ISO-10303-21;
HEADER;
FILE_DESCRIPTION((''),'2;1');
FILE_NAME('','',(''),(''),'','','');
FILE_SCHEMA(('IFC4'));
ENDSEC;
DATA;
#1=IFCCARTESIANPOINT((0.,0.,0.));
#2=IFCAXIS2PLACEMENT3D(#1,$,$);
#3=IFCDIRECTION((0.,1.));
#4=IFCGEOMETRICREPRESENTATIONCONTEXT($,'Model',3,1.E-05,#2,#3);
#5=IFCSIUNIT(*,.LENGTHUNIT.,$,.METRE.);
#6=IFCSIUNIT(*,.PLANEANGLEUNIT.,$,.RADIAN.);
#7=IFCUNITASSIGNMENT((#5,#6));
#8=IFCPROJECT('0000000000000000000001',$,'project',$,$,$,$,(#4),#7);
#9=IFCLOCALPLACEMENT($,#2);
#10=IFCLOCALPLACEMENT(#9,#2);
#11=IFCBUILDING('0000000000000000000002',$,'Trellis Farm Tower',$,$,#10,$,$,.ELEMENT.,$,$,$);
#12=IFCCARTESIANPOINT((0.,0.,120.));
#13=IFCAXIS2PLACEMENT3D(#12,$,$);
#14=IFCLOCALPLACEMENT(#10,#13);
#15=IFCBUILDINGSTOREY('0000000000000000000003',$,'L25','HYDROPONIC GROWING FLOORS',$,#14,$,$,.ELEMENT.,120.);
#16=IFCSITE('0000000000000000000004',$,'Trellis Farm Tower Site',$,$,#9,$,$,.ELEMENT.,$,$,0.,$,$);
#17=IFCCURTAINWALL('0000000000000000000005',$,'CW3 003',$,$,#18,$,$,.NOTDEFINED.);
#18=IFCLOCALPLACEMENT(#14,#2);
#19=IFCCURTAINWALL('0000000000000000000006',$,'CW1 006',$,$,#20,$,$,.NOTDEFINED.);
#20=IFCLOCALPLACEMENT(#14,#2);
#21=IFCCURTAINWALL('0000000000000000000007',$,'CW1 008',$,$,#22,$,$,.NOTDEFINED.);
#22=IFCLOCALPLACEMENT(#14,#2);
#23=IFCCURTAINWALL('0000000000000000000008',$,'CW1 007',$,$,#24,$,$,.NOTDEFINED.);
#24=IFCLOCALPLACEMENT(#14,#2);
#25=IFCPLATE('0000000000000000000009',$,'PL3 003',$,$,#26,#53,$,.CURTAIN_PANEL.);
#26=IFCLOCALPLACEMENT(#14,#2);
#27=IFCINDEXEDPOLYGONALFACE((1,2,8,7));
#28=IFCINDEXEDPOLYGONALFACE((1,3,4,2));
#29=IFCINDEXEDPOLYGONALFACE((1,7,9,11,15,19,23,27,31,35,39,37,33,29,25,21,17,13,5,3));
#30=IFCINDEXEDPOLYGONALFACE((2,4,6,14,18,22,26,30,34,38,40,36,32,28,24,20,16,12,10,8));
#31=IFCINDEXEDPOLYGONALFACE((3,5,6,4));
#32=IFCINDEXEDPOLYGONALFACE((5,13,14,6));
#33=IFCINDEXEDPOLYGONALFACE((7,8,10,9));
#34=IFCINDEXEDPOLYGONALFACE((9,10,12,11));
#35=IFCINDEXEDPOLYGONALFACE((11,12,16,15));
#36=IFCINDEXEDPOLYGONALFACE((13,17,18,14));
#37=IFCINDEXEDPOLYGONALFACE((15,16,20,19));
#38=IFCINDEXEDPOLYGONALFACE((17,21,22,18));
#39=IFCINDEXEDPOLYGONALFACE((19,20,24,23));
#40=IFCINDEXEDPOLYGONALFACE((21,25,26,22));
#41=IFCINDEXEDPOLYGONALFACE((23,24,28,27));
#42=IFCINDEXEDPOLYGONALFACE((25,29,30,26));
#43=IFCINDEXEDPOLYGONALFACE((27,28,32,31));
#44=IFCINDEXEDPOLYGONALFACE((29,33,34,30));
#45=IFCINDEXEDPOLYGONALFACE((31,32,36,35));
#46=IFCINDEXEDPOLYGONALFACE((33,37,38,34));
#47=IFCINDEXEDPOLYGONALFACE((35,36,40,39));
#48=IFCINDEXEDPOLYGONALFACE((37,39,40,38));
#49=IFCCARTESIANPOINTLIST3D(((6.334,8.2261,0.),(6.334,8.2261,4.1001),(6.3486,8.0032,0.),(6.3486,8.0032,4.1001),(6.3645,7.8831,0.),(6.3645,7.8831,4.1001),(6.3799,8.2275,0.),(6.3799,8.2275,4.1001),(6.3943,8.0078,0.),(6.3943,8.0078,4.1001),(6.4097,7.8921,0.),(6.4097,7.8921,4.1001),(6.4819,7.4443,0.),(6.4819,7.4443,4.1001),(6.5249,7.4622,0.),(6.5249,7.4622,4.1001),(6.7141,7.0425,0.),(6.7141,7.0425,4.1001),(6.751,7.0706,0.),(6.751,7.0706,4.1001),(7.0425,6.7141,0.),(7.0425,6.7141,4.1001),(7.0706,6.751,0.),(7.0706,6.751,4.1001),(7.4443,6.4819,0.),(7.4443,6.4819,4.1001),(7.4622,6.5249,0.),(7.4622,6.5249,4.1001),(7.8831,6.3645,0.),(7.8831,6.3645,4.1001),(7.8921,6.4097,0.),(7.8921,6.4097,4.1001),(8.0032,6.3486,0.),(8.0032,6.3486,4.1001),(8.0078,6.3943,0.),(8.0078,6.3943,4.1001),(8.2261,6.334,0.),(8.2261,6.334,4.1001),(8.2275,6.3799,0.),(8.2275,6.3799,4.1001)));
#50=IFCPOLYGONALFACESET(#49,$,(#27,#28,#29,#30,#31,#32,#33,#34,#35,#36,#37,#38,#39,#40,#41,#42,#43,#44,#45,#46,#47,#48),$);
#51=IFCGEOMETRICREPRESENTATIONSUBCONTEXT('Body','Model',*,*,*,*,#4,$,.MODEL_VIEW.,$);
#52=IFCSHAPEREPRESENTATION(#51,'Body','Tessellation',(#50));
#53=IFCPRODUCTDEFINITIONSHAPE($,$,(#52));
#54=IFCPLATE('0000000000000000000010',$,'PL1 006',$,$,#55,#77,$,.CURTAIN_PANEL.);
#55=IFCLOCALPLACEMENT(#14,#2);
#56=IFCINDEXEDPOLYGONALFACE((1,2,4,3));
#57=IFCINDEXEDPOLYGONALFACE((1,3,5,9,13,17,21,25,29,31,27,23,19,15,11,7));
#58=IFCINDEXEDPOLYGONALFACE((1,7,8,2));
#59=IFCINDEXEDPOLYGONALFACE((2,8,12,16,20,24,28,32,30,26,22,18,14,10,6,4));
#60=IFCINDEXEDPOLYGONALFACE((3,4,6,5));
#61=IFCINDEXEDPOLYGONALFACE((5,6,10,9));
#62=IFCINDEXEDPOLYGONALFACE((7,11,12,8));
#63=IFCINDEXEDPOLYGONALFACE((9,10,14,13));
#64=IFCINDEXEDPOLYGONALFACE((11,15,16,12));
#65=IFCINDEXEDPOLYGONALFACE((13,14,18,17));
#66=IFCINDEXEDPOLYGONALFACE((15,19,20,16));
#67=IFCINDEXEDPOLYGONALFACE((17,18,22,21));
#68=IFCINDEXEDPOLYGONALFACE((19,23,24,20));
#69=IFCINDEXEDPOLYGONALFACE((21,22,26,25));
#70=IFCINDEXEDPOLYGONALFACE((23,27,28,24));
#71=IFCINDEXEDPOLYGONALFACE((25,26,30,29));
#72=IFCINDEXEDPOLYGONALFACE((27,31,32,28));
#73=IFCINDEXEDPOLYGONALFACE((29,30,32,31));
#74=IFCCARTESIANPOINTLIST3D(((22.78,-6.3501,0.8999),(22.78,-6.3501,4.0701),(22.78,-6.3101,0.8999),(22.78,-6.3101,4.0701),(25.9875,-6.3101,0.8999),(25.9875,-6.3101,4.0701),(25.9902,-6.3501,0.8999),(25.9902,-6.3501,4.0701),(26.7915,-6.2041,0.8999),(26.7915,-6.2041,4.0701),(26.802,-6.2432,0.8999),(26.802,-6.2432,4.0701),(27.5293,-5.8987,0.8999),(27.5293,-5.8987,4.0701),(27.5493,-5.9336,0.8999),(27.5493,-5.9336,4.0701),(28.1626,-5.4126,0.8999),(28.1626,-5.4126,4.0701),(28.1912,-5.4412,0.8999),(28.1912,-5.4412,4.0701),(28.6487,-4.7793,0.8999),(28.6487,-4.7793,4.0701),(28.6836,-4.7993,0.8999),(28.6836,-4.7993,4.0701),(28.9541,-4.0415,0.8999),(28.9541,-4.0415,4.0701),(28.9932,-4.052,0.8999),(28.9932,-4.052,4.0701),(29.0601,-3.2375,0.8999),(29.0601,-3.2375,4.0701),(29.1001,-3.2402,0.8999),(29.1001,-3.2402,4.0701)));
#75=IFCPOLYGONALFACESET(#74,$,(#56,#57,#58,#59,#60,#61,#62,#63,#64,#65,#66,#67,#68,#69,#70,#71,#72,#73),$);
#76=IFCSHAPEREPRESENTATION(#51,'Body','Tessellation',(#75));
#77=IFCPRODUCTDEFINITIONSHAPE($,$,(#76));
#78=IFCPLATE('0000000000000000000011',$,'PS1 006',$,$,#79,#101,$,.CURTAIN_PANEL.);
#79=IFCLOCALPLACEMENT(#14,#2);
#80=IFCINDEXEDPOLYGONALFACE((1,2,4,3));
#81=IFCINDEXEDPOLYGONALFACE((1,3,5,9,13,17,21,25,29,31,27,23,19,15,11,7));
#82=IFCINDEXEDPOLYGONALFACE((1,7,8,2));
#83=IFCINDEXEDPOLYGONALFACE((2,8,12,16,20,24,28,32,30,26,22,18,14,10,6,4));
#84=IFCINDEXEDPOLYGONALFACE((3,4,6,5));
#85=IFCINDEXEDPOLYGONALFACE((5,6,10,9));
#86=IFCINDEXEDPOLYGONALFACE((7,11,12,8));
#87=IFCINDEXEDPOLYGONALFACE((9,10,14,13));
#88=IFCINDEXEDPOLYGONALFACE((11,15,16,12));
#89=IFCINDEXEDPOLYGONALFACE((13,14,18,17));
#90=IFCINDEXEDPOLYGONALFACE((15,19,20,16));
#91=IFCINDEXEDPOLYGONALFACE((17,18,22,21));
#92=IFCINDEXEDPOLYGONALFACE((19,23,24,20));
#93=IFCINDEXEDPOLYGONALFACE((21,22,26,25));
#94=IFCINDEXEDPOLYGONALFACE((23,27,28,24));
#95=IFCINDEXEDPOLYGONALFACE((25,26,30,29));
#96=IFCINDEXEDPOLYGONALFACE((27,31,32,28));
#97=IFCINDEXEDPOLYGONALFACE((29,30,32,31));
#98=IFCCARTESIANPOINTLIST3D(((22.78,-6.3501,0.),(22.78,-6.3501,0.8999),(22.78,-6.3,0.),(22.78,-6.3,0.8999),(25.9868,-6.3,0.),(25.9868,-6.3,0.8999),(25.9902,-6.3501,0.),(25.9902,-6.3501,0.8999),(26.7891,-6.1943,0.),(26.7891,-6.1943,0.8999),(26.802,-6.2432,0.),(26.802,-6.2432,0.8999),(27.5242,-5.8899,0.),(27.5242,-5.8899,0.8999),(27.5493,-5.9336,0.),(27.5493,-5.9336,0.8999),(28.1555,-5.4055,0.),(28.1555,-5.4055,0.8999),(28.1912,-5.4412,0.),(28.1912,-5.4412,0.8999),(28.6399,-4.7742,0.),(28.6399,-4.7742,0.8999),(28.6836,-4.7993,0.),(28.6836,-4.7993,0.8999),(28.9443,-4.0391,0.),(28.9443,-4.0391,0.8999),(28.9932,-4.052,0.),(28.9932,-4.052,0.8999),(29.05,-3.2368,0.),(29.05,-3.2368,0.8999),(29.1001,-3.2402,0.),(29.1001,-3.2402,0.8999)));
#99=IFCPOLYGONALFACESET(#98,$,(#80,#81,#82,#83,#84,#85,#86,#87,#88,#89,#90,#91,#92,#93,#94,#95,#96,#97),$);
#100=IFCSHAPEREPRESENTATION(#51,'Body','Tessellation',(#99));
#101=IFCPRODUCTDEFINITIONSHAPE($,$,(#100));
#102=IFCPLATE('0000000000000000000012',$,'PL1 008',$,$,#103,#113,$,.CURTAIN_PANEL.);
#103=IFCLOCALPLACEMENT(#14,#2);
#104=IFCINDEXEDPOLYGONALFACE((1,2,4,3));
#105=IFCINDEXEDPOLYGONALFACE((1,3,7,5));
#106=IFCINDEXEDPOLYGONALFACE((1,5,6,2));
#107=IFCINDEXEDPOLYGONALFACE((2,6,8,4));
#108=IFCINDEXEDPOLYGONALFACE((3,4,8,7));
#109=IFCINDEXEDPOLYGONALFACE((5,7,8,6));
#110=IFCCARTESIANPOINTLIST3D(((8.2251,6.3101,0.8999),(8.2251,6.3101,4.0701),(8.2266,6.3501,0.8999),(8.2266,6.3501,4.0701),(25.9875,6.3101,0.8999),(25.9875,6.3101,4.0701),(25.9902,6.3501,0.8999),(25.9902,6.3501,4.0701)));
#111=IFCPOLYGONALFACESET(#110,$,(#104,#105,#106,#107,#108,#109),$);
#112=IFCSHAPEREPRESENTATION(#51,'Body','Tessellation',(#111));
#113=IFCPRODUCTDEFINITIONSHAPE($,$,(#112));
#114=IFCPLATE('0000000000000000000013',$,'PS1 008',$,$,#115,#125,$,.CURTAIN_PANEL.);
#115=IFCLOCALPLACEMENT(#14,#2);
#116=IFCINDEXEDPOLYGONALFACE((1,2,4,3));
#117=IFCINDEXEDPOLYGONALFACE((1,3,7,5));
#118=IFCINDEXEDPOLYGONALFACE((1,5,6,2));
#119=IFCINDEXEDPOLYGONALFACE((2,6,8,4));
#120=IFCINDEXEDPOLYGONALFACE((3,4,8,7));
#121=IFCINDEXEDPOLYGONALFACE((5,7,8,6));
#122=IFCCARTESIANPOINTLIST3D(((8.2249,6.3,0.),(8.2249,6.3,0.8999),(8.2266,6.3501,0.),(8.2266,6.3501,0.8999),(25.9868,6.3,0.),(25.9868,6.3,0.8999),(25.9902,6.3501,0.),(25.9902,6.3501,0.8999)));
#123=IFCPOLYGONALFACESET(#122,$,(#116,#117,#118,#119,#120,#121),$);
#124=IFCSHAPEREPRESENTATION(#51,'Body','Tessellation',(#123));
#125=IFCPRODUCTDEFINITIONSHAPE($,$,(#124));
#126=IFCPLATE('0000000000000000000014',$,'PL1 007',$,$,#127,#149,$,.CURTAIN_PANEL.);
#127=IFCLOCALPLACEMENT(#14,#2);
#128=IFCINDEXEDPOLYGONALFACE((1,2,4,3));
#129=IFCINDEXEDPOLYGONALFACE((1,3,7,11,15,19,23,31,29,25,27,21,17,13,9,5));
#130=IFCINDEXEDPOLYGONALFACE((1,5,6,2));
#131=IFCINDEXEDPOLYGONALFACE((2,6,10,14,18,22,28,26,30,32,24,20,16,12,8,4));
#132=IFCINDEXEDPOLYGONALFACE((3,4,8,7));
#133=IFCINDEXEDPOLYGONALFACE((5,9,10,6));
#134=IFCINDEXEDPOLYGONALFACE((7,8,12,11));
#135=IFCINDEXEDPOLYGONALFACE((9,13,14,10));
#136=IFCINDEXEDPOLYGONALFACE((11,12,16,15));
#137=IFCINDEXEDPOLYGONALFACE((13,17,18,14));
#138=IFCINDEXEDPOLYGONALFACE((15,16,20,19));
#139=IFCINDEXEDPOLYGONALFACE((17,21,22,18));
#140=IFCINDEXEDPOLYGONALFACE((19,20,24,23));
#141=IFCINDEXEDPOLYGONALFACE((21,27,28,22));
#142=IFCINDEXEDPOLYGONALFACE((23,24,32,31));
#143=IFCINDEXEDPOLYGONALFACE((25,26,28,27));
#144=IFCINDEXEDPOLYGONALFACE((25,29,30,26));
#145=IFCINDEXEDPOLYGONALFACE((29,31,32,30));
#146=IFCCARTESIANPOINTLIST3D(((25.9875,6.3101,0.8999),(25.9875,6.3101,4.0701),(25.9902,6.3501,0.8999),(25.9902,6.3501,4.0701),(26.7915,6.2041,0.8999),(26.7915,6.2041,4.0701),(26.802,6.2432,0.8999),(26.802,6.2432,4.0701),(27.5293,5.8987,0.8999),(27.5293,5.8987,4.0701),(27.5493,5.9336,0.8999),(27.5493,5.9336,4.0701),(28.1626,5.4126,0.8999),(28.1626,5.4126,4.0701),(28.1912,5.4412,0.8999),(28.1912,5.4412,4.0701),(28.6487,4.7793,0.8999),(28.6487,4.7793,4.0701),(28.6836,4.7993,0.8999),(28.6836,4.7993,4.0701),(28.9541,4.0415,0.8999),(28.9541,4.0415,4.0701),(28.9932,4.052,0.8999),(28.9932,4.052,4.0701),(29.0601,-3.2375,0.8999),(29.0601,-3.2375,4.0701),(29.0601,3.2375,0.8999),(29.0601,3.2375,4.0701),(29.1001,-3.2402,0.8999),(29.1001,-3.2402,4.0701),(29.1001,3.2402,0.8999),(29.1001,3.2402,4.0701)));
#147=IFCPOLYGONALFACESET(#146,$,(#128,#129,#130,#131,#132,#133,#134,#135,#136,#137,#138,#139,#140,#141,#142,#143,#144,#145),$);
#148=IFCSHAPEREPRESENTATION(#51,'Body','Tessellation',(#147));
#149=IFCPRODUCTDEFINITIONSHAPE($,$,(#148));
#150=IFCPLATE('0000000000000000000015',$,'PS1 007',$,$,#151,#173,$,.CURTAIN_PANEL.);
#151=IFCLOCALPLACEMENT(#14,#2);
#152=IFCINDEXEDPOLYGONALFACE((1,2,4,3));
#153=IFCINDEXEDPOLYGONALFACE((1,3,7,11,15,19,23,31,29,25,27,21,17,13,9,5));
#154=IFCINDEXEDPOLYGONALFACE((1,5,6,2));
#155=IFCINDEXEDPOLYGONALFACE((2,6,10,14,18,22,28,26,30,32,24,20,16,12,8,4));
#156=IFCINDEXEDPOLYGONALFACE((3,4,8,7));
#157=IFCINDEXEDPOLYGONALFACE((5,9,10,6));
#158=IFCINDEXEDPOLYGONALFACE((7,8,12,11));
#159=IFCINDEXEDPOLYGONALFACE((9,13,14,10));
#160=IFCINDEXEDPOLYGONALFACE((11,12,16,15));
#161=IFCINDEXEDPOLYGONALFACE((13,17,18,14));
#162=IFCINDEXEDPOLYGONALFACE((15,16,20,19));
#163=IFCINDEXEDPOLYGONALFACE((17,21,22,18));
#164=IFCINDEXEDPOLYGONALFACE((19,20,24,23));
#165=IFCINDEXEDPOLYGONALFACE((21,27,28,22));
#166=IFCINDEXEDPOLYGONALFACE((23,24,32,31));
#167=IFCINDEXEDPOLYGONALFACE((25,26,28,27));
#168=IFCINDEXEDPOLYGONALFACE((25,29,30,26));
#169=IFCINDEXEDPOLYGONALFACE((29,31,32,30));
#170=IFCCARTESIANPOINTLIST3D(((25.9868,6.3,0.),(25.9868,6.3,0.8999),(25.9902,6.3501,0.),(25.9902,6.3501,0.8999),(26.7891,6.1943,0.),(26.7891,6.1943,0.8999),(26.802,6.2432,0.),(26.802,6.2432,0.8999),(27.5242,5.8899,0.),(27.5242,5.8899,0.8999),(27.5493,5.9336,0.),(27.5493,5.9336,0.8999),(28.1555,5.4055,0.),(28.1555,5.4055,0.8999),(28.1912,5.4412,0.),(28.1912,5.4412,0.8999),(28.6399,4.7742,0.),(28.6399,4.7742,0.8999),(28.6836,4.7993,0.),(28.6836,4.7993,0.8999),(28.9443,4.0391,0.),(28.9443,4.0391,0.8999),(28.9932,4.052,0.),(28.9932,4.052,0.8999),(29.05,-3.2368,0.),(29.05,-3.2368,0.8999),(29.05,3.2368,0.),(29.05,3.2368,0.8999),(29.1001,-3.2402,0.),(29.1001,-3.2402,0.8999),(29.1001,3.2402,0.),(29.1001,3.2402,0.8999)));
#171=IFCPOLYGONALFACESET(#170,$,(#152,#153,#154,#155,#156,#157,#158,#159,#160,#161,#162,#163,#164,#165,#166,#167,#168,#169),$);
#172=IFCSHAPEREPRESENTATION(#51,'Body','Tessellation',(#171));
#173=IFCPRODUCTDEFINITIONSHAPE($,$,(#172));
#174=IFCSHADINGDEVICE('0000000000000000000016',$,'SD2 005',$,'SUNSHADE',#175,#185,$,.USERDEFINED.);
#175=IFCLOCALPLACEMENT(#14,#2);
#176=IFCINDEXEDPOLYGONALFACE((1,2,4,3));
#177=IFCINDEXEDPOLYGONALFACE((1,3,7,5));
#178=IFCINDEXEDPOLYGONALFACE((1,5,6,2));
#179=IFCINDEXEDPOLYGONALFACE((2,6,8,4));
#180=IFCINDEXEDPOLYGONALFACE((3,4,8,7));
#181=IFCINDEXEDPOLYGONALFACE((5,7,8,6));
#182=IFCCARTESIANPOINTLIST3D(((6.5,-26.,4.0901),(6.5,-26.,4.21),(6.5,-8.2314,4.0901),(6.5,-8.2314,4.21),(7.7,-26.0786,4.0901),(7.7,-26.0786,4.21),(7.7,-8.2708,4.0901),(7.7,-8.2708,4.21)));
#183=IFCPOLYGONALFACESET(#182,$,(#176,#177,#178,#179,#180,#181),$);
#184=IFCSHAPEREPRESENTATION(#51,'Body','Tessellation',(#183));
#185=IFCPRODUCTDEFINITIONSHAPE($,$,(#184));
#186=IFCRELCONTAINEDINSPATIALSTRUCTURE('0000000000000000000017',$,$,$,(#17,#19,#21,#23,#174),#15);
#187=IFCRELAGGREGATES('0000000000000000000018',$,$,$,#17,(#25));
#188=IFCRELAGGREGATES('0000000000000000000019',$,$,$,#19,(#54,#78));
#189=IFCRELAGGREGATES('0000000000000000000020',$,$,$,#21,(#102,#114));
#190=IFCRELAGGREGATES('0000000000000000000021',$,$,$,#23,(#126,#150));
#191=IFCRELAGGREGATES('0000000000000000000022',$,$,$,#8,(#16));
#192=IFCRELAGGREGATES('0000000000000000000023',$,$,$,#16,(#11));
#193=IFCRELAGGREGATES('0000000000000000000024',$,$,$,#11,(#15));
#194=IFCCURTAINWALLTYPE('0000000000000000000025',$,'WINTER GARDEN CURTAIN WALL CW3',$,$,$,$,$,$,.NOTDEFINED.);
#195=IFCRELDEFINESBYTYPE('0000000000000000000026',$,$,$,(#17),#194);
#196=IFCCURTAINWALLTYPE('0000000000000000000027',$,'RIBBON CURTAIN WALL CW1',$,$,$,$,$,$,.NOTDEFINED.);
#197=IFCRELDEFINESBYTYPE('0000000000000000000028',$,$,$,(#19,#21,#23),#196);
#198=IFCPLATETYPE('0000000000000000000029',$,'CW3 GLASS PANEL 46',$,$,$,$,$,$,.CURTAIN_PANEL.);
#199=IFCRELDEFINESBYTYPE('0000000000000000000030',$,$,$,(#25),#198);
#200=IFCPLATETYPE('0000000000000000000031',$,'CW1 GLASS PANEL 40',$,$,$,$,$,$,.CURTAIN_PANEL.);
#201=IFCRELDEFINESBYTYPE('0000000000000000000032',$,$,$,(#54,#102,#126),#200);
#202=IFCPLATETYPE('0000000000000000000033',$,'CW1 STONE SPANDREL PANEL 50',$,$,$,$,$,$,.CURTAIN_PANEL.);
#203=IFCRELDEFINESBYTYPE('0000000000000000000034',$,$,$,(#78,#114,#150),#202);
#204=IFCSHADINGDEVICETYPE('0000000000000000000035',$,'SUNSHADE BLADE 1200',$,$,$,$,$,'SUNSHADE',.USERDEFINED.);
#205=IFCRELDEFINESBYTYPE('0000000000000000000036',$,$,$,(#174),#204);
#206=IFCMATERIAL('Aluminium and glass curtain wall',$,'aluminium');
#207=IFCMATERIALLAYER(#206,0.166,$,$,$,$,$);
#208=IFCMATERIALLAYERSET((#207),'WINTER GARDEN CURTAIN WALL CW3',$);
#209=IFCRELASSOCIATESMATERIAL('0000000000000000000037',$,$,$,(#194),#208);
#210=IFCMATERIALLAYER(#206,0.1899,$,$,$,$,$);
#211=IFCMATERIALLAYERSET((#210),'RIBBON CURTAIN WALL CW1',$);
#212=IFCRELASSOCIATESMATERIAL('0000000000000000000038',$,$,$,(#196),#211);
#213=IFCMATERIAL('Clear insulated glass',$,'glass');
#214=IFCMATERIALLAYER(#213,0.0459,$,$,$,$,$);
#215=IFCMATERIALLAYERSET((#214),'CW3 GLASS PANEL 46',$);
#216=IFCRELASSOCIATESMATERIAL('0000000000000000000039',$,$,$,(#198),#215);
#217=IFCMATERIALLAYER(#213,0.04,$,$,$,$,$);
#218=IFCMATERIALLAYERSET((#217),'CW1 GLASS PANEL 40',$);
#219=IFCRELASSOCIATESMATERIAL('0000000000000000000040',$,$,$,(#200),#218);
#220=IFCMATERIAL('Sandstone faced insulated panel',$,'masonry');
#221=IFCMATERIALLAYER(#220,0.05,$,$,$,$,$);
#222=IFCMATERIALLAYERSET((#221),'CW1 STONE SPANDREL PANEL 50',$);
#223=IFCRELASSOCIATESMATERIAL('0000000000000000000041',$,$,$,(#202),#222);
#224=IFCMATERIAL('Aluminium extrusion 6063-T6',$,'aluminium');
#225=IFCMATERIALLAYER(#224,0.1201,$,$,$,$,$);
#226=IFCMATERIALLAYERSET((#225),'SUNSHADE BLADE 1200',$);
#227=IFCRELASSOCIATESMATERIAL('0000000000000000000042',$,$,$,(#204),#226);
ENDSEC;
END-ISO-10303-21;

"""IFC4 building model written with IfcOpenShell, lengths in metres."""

from ifc_helpers import new_model, si_unit, direction, frame, origin, place, context, subcontext, project, spatial, polyline, outline, extrude, source, transform, mapped, material, layer, layer_set, type_object, element, aggregate, save


model = new_model("IFC4")

# Units and contexts
model_context = context("Model", 3, precision=1e-05, world=origin(), true_north=direction((0.0, 1.0)))
body_context = subcontext(model_context, "Body", "Model", "MODEL_VIEW")
ifc_project = project(units=[si_unit("LENGTHUNIT", "METRE"), si_unit("PLANEANGLEUNIT", "RADIAN")], contexts=[model_context])

# Site, building, storey
site_placement = place(None, origin())
site = spatial("IfcSite", under=ifc_project, at=site_placement, Name="Trellis Farm Tower Site", CompositionType="ELEMENT", RefElevation=0.0)
building_placement = place(site_placement, origin())
building = spatial("IfcBuilding", under=site, at=building_placement, Name="Trellis Farm Tower", CompositionType="ELEMENT")
storey_placement = place(building_placement, frame((0.0, 0.0, 120.0)))
storey = spatial("IfcBuildingStorey", under=building, at=storey_placement, Name="L25", Description="HYDROPONIC GROWING FLOORS", CompositionType="ELEMENT", Elevation=120.0)

# Curtain walls
ifc_material_1 = material(Name="Aluminium and glass curtain wall", Category="aluminium")
ifc_layer_1 = layer(ifc_material_1, 0.166)
ifc_layer_set_1 = layer_set([ifc_layer_1], Name="WINTER GARDEN CURTAIN WALL CW3")
curtain_wall_type_1 = type_object("IfcCurtainWallType", Name="WINTER GARDEN CURTAIN WALL CW3", PredefinedType="NOTDEFINED", material=ifc_layer_set_1)
placement_1 = place(storey_placement, origin())
ifc_material_2 = material(Name="Aluminium extrusion 6063-T6", Category="aluminium")
curtain_wall_1 = element("IfcCurtainWall", 1, at=placement_1, inside=storey, type_object=curtain_wall_type_1, Name="CW3 003", PredefinedType="NOTDEFINED")
ifc_layer_2 = layer(ifc_material_1, 0.1899)
ifc_layer_set_2 = layer_set([ifc_layer_2], Name="RIBBON CURTAIN WALL CW1")
curtain_wall_type_2 = type_object("IfcCurtainWallType", Name="RIBBON CURTAIN WALL CW1", PredefinedType="NOTDEFINED", material=ifc_layer_set_2)
curtain_wall_2 = element("IfcCurtainWall", 2, at=placement_1, inside=storey, type_object=curtain_wall_type_2, Name="CW1 006", PredefinedType="NOTDEFINED")
curtain_wall_3 = element("IfcCurtainWall", 3, at=placement_1, inside=storey, type_object=curtain_wall_type_2, Name="CW1 008", PredefinedType="NOTDEFINED")
curtain_wall_4 = element("IfcCurtainWall", 4, at=placement_1, inside=storey, type_object=curtain_wall_type_2, Name="CW1 007", PredefinedType="NOTDEFINED")

# Plates
ifc_material_3 = material(Name="Clear insulated glass", Category="glass")
ifc_layer_3 = layer(ifc_material_3, 0.0459)
ifc_layer_set_3 = layer_set([ifc_layer_3], Name="CW3 GLASS PANEL 46")
plate_type_1 = type_object("IfcPlateType", Name="CW3 GLASS PANEL 46", PredefinedType="CURTAIN_PANEL", material=ifc_layer_set_3)
shared_shape_1 = source(origin(), body_context, "Body", "SweptSolid", [
    extrude(outline(polyline([(8.2275, 6.3799), (8.0078, 6.3943), (7.8921, 6.4097), (7.4622, 6.5249), (7.0706, 6.751), (6.751, 7.0706), (6.5249, 7.4622), (6.4097, 7.8921), (6.3943, 8.0078), (6.3799, 8.2275), (6.334, 8.2261), (6.3486, 8.0032), (6.3645, 7.8831), (6.4819, 7.4443), (6.7141, 7.0425), (7.0425, 6.7141), (7.4443, 6.4819), (7.8831, 6.3645), (8.0032, 6.3486), (8.2261, 6.334), (8.2275, 6.3799)])), origin(), (0.0, 0.0, 1.0), 4.1001),
])
plate_1 = element("IfcPlate", 5, at=placement_1, type_object=plate_type_1, Name="PL3 003", PredefinedType="CURTAIN_PANEL", context=body_context, shape_type="MappedRepresentation", body=[
    mapped(shared_shape_1, transform((0.0, 0.0, 0.0))),
])
aggregate(curtain_wall_1, [plate_1])
ifc_layer_4 = layer(ifc_material_3, 0.04)
ifc_layer_set_4 = layer_set([ifc_layer_4], Name="CW1 GLASS PANEL 40")
plate_type_2 = type_object("IfcPlateType", Name="CW1 GLASS PANEL 40", PredefinedType="CURTAIN_PANEL", material=ifc_layer_set_4)
shared_shape_2 = source(origin(), body_context, "Body", "SweptSolid", [
    extrude(outline(polyline([(22.78, -6.3501), (25.9902, -6.3501), (26.802, -6.2432), (27.5493, -5.9336), (28.1912, -5.4412), (28.6836, -4.7993), (28.9932, -4.052), (29.1001, -3.2402), (29.0601, -3.2375), (28.9541, -4.0415), (28.6487, -4.7793), (28.1626, -5.4126), (27.5293, -5.8987), (26.7915, -6.2041), (25.9875, -6.3101), (22.78, -6.3101), (22.78, -6.3501)])), origin(), (0.0, 0.0, 1.0), 3.1702),
])
placement_2 = place(storey_placement, frame((0.0, 0.0, 0.8999)))
plate_2 = element("IfcPlate", 6, at=placement_2, type_object=plate_type_2, Name="PL1 006", PredefinedType="CURTAIN_PANEL", context=body_context, shape_type="MappedRepresentation", body=[
    mapped(shared_shape_2, transform((0.0, 0.0, 0.0))),
])
ifc_material_4 = material(Name="Sandstone faced insulated panel", Category="masonry")
ifc_layer_5 = layer(ifc_material_4, 0.05)
ifc_layer_set_5 = layer_set([ifc_layer_5], Name="CW1 STONE SPANDREL PANEL 50")
plate_type_3 = type_object("IfcPlateType", Name="CW1 STONE SPANDREL PANEL 50", PredefinedType="CURTAIN_PANEL", material=ifc_layer_set_5)
shared_shape_3 = source(origin(), body_context, "Body", "SweptSolid", [
    extrude(outline(polyline([(22.78, -6.3501), (25.9902, -6.3501), (26.802, -6.2432), (27.5493, -5.9336), (28.1912, -5.4412), (28.6836, -4.7993), (28.9932, -4.052), (29.1001, -3.2402), (29.05, -3.2368), (28.9443, -4.0391), (28.6399, -4.7742), (28.1555, -5.4055), (27.5242, -5.8899), (26.7891, -6.1943), (25.9868, -6.3), (22.78, -6.3), (22.78, -6.3501)])), origin(), (0.0, 0.0, 1.0), 0.8999),
])
plate_3 = element("IfcPlate", 7, at=placement_1, type_object=plate_type_3, Name="PS1 006", PredefinedType="CURTAIN_PANEL", context=body_context, shape_type="MappedRepresentation", body=[
    mapped(shared_shape_3, transform((0.0, 0.0, 0.0))),
])
aggregate(curtain_wall_2, [plate_2, plate_3])
shared_shape_4 = source(origin(), body_context, "Body", "SweptSolid", [
    extrude(outline(polyline([(25.9902, 6.3501), (8.2266, 6.3501), (8.2251, 6.3101), (25.9875, 6.3101), (25.9902, 6.3501)])), origin(), (0.0, 0.0, 1.0), 3.1702),
])
plate_4 = element("IfcPlate", 8, at=placement_2, type_object=plate_type_2, Name="PL1 008", PredefinedType="CURTAIN_PANEL", context=body_context, shape_type="MappedRepresentation", body=[
    mapped(shared_shape_4, transform((0.0, 0.0, 0.0))),
])
shared_shape_5 = source(origin(), body_context, "Body", "SweptSolid", [
    extrude(outline(polyline([(25.9902, 6.3501), (8.2266, 6.3501), (8.2249, 6.3), (25.9868, 6.3), (25.9902, 6.3501)])), origin(), (0.0, 0.0, 1.0), 0.8999),
])
plate_5 = element("IfcPlate", 9, at=placement_1, type_object=plate_type_3, Name="PS1 008", PredefinedType="CURTAIN_PANEL", context=body_context, shape_type="MappedRepresentation", body=[
    mapped(shared_shape_5, transform((0.0, 0.0, 0.0))),
])
aggregate(curtain_wall_3, [plate_4, plate_5])
shared_shape_6 = source(origin(), body_context, "Body", "SweptSolid", [
    extrude(outline(polyline([(29.1001, -3.2402), (29.1001, 3.2402), (28.9932, 4.052), (28.6836, 4.7993), (28.1912, 5.4412), (27.5493, 5.9336), (26.802, 6.2432), (25.9902, 6.3501), (25.9875, 6.3101), (26.7915, 6.2041), (27.5293, 5.8987), (28.1626, 5.4126), (28.6487, 4.7793), (28.9541, 4.0415), (29.0601, 3.2375), (29.0601, -3.2375), (29.1001, -3.2402)])), origin(), (0.0, 0.0, 1.0), 3.1702),
])
plate_6 = element("IfcPlate", 10, at=placement_2, type_object=plate_type_2, Name="PL1 007", PredefinedType="CURTAIN_PANEL", context=body_context, shape_type="MappedRepresentation", body=[
    mapped(shared_shape_6, transform((0.0, 0.0, 0.0))),
])
shared_shape_7 = source(origin(), body_context, "Body", "SweptSolid", [
    extrude(outline(polyline([(29.1001, -3.2402), (29.1001, 3.2402), (28.9932, 4.052), (28.6836, 4.7993), (28.1912, 5.4412), (27.5493, 5.9336), (26.802, 6.2432), (25.9902, 6.3501), (25.9868, 6.3), (26.7891, 6.1943), (27.5242, 5.8899), (28.1555, 5.4055), (28.6399, 4.7742), (28.9443, 4.0391), (29.05, 3.2368), (29.05, -3.2368), (29.1001, -3.2402)])), origin(), (0.0, 0.0, 1.0), 0.8999),
])
plate_7 = element("IfcPlate", 11, at=placement_1, type_object=plate_type_3, Name="PS1 007", PredefinedType="CURTAIN_PANEL", context=body_context, shape_type="MappedRepresentation", body=[
    mapped(shared_shape_7, transform((0.0, 0.0, 0.0))),
])
aggregate(curtain_wall_4, [plate_6, plate_7])

# Shading device
ifc_layer_6 = layer(ifc_material_2, 0.1201)
ifc_layer_set_6 = layer_set([ifc_layer_6], Name="SUNSHADE BLADE 1200")
shading_device_type_1 = type_object("IfcShadingDeviceType", Name="SUNSHADE BLADE 1200", ElementType="SUNSHADE", PredefinedType="USERDEFINED", material=ifc_layer_set_6)
shared_shape_8 = source(origin(), body_context, "Body", "SweptSolid", [
    extrude(outline(polyline([(7.7, -26.0786), (7.7, -8.2708), (6.5, -8.2314), (6.5, -26.0), (7.7, -26.0786)])), origin(), (0.0, 0.0, 1.0), 0.1199),
])
placement_3 = place(storey_placement, frame((0.0, 0.0, 4.0901)))
element("IfcShadingDevice", 12, at=placement_3, inside=storey, type_object=shading_device_type_1, Name="SD2 005", ObjectType="SUNSHADE", PredefinedType="USERDEFINED", context=body_context, shape_type="MappedRepresentation", body=[
    mapped(shared_shape_8, transform((0.0, 0.0, 0.0))),
])

save(model, "model.ifc")
